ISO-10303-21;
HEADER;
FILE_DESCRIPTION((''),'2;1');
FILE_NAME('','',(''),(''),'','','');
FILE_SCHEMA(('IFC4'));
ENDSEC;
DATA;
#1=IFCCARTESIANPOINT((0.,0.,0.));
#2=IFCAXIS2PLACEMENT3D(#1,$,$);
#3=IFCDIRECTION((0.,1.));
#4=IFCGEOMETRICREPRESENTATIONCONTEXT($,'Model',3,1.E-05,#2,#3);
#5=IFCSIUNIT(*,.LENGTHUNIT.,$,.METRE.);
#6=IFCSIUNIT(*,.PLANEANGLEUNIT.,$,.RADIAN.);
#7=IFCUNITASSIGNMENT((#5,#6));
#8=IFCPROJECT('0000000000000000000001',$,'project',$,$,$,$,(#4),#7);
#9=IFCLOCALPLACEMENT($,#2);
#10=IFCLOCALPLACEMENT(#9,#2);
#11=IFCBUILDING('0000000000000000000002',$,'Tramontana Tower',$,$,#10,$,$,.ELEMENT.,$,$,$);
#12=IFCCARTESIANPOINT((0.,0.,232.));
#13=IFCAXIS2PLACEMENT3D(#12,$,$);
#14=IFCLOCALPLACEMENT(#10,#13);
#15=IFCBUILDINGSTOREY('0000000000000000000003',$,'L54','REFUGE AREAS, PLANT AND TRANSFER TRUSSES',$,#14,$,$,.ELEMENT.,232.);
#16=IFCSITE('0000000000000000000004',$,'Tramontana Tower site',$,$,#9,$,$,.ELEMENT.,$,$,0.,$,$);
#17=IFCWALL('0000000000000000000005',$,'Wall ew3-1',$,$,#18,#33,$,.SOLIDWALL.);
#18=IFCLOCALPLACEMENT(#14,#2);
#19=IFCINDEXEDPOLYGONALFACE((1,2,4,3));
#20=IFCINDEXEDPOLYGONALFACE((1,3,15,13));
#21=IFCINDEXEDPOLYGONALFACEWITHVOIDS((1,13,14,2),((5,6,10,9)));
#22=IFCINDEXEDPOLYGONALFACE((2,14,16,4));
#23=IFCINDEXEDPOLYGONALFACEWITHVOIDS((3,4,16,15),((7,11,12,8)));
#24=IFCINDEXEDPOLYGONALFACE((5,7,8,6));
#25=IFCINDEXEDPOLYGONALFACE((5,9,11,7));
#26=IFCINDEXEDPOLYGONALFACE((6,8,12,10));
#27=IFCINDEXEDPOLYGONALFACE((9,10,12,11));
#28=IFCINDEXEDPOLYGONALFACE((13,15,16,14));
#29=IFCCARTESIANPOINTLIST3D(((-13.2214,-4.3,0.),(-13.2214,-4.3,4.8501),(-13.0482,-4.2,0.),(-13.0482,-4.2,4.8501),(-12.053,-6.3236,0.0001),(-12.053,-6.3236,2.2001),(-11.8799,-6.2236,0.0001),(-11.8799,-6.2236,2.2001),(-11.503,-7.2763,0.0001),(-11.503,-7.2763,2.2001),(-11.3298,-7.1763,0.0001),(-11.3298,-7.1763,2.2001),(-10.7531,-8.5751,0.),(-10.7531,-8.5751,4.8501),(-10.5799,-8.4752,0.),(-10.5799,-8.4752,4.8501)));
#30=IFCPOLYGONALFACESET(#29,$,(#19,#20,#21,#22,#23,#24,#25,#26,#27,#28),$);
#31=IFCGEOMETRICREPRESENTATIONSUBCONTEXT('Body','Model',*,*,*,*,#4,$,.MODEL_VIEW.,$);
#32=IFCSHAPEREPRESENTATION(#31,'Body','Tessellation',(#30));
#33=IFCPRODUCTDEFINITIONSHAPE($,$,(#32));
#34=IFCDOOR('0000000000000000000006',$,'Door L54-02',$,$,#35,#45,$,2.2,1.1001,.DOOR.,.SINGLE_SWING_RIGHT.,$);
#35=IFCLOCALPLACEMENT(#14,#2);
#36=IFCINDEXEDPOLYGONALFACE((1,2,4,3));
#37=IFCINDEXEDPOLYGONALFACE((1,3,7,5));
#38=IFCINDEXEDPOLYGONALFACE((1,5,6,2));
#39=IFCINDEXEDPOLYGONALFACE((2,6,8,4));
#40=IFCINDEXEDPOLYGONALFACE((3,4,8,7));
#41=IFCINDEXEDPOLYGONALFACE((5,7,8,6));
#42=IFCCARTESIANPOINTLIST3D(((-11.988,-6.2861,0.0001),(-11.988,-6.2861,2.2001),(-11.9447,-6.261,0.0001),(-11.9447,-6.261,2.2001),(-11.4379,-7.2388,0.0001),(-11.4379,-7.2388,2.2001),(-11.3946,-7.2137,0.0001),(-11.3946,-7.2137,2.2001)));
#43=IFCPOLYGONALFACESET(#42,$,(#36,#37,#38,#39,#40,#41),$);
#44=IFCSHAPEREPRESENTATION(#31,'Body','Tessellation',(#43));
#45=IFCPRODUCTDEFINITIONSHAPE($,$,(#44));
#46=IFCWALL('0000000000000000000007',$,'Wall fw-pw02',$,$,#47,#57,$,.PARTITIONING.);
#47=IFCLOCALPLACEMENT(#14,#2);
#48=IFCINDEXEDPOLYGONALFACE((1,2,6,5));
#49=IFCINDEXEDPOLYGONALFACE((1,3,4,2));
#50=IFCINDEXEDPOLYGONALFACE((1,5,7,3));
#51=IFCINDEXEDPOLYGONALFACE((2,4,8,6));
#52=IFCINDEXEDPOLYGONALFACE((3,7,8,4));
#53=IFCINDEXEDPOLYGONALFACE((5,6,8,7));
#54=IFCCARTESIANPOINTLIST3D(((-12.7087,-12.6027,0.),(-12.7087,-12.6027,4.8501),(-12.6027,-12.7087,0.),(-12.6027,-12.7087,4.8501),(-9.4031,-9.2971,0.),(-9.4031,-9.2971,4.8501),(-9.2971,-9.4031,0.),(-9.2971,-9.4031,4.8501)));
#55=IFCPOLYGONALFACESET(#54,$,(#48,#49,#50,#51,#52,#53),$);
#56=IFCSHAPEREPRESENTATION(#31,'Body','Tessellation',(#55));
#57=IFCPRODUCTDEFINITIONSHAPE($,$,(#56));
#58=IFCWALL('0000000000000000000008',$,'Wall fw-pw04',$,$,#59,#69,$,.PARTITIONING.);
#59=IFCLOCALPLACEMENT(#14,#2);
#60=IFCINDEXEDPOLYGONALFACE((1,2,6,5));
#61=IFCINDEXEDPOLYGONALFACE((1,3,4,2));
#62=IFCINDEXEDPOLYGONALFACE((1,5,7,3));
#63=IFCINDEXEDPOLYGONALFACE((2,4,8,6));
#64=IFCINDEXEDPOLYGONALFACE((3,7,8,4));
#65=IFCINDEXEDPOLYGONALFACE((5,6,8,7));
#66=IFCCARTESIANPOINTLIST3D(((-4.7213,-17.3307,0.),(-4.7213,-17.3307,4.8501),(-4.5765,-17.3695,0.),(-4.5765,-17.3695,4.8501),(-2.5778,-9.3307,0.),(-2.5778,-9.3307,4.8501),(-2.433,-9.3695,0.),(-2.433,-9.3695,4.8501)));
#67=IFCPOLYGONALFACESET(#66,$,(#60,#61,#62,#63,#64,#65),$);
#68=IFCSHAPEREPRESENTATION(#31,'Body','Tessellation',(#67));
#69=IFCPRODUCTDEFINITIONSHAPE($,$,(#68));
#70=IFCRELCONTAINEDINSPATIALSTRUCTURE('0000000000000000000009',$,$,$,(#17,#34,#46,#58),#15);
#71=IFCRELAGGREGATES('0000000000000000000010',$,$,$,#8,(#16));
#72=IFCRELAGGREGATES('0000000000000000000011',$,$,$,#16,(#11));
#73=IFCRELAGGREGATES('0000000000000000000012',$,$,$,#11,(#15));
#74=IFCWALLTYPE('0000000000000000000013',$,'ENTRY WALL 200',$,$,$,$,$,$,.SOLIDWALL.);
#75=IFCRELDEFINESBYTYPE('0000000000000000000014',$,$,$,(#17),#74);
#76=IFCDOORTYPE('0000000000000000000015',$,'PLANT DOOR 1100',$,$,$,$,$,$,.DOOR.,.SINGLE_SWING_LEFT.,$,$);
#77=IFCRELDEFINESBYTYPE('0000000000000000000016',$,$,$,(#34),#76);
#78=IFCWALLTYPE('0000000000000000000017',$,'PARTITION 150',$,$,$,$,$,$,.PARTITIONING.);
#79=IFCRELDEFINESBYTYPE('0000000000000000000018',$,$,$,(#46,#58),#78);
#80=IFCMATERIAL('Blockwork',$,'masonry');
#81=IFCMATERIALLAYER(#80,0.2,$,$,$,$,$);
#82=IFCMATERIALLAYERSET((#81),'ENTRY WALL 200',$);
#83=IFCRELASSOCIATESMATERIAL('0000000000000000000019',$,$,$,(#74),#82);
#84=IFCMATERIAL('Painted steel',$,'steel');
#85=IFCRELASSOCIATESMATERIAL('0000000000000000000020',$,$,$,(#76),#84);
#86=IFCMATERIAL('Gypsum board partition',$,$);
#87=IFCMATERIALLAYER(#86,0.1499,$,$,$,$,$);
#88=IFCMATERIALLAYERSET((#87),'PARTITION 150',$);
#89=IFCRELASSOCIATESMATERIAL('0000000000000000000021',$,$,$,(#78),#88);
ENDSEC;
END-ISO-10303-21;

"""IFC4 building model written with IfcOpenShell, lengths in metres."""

from ifc_helpers import new_model, si_unit, direction, frame, frame_2d, origin, place, context, subcontext, project, spatial, rectangle, extrude, material, layer, layer_set, type_object, element, fill, save


model = new_model("IFC4")

# Units and contexts
model_context = context("Model", 3, precision=1e-05, world=origin(), true_north=direction((0.0, 1.0)))
body_context = subcontext(model_context, "Body", "Model", "MODEL_VIEW")
ifc_project = project(units=[si_unit("LENGTHUNIT", "METRE"), si_unit("PLANEANGLEUNIT", "RADIAN")], contexts=[model_context])

# Site, building, storey
site_placement = place(None, origin())
site = spatial("IfcSite", under=ifc_project, at=site_placement, Name="Tramontana Tower site", CompositionType="ELEMENT", RefElevation=0.0)
building_placement = place(site_placement, origin())
building = spatial("IfcBuilding", under=site, at=building_placement, Name="Tramontana Tower", CompositionType="ELEMENT")
storey_placement = place(building_placement, frame((0.0, 0.0, 232.0)))
storey = spatial("IfcBuildingStorey", under=building, at=storey_placement, Name="L54", Description="REFUGE AREAS, PLANT AND TRANSFER TRUSSES", CompositionType="ELEMENT", Elevation=232.0)

# Shared definitions
ifc_material_1 = material(Name="Blockwork", Category="masonry")
ifc_layer_1 = layer(ifc_material_1, 0.2)
ifc_layer_set_1 = layer_set([ifc_layer_1], Name="ENTRY WALL 200")
wall_type_1 = type_object("IfcWallType", Name="ENTRY WALL 200", PredefinedType="SOLIDWALL", material=ifc_layer_set_1)

# Shared definitions
ifc_material_2 = material(Name="Painted steel", Category="steel")
door_type = type_object("IfcDoorType", Name="PLANT DOOR 1100", OperationType="SINGLE_SWING_LEFT", PredefinedType="DOOR", material=ifc_material_2)

# Wall, opening, door
wall_1_placement = place(storey_placement, frame((-10.6665, -8.5251, 0.0), z_axis=(0.0, 0.0, 1.0), x_axis=(-0.500001, 0.866025, 0.0)))
wall_1 = element("IfcWall", 1, at=wall_1_placement, inside=storey, type_object=wall_type_1, Name="Wall ew3-1", PredefinedType="SOLIDWALL", context=body_context, shape_type="SweptSolid", body=[
    extrude(rectangle(XDim=4.9365, YDim=0.2, at=frame_2d((2.4683, 0.0))), origin(), (0.0, 0.0, 1.0), 4.8501),
])
opening_1_placement = place(wall_1_placement, frame((1.4998, 0.0, 0.0)))
opening_1 = element("IfcOpeningElement", 2, at=opening_1_placement, cuts=wall_1, PredefinedType="OPENING", context=body_context, shape_type="SweptSolid", body=[
    extrude(rectangle(XDim=1.1001, YDim=2.2, at=frame_2d((0.55, 1.1001))), frame((0.0, 0.1099, 0.0), z_axis=(0.0, -1.0, 0.0), x_axis=(1.0, 0.0, 0.0)), (0.0, 0.0, 1.0), 0.22),
])
door_1_placement = place(opening_1_placement, origin())
door_1 = element("IfcDoor", 3, at=door_1_placement, inside=storey, type_object=door_type, Name="Door L54-02", OperationType="SINGLE_SWING_RIGHT", OverallHeight=2.2, OverallWidth=1.1001, PredefinedType="DOOR", context=body_context, shape_type="SweptSolid", body=[
    extrude(rectangle(XDim=1.1001, YDim=2.2, at=frame_2d((0.55, 1.1001))), frame((0.0, 0.0249, 0.0), z_axis=(0.0, -1.0, 0.0), x_axis=(1.0, 0.0, 0.0)), (0.0, 0.0, 1.0), 0.05),
])
fill(opening_1, door_1)

# Walls
ifc_material_3 = material(Name="Gypsum board partition")
ifc_layer_2 = layer(ifc_material_3, 0.1499)
ifc_layer_set_2 = layer_set([ifc_layer_2], Name="PARTITION 150")
wall_type_2 = type_object("IfcWallType", Name="PARTITION 150", PredefinedType="PARTITIONING", material=ifc_layer_set_2)
wall_2_placement = place(storey_placement, frame((-9.3501, -9.3501, 0.0), z_axis=(0.0, 0.0, 1.0), x_axis=(-0.707107, -0.707107, 0.0)))
element("IfcWall", 4, at=wall_2_placement, inside=storey, type_object=wall_type_2, Name="Wall fw-pw02", PredefinedType="PARTITIONING", context=body_context, shape_type="SweptSolid", body=[
    extrude(rectangle(XDim=4.6748, YDim=0.1499, at=frame_2d((2.3374, 0.0))), origin(), (0.0, 0.0, 1.0), 4.8501),
])
wall_3_placement = place(storey_placement, frame((-2.5054, -9.3501, 0.0), z_axis=(0.0, 0.0, 1.0), x_axis=(-0.258815, -0.965927, 0.0)))
element("IfcWall", 5, at=wall_3_placement, inside=storey, type_object=wall_type_2, Name="Wall fw-pw04", PredefinedType="PARTITIONING", context=body_context, shape_type="SweptSolid", body=[
    extrude(rectangle(XDim=8.2822, YDim=0.1499, at=frame_2d((4.1411, 0.0))), origin(), (0.0, 0.0, 1.0), 4.8501),
])

save(model, "model.ifc")
